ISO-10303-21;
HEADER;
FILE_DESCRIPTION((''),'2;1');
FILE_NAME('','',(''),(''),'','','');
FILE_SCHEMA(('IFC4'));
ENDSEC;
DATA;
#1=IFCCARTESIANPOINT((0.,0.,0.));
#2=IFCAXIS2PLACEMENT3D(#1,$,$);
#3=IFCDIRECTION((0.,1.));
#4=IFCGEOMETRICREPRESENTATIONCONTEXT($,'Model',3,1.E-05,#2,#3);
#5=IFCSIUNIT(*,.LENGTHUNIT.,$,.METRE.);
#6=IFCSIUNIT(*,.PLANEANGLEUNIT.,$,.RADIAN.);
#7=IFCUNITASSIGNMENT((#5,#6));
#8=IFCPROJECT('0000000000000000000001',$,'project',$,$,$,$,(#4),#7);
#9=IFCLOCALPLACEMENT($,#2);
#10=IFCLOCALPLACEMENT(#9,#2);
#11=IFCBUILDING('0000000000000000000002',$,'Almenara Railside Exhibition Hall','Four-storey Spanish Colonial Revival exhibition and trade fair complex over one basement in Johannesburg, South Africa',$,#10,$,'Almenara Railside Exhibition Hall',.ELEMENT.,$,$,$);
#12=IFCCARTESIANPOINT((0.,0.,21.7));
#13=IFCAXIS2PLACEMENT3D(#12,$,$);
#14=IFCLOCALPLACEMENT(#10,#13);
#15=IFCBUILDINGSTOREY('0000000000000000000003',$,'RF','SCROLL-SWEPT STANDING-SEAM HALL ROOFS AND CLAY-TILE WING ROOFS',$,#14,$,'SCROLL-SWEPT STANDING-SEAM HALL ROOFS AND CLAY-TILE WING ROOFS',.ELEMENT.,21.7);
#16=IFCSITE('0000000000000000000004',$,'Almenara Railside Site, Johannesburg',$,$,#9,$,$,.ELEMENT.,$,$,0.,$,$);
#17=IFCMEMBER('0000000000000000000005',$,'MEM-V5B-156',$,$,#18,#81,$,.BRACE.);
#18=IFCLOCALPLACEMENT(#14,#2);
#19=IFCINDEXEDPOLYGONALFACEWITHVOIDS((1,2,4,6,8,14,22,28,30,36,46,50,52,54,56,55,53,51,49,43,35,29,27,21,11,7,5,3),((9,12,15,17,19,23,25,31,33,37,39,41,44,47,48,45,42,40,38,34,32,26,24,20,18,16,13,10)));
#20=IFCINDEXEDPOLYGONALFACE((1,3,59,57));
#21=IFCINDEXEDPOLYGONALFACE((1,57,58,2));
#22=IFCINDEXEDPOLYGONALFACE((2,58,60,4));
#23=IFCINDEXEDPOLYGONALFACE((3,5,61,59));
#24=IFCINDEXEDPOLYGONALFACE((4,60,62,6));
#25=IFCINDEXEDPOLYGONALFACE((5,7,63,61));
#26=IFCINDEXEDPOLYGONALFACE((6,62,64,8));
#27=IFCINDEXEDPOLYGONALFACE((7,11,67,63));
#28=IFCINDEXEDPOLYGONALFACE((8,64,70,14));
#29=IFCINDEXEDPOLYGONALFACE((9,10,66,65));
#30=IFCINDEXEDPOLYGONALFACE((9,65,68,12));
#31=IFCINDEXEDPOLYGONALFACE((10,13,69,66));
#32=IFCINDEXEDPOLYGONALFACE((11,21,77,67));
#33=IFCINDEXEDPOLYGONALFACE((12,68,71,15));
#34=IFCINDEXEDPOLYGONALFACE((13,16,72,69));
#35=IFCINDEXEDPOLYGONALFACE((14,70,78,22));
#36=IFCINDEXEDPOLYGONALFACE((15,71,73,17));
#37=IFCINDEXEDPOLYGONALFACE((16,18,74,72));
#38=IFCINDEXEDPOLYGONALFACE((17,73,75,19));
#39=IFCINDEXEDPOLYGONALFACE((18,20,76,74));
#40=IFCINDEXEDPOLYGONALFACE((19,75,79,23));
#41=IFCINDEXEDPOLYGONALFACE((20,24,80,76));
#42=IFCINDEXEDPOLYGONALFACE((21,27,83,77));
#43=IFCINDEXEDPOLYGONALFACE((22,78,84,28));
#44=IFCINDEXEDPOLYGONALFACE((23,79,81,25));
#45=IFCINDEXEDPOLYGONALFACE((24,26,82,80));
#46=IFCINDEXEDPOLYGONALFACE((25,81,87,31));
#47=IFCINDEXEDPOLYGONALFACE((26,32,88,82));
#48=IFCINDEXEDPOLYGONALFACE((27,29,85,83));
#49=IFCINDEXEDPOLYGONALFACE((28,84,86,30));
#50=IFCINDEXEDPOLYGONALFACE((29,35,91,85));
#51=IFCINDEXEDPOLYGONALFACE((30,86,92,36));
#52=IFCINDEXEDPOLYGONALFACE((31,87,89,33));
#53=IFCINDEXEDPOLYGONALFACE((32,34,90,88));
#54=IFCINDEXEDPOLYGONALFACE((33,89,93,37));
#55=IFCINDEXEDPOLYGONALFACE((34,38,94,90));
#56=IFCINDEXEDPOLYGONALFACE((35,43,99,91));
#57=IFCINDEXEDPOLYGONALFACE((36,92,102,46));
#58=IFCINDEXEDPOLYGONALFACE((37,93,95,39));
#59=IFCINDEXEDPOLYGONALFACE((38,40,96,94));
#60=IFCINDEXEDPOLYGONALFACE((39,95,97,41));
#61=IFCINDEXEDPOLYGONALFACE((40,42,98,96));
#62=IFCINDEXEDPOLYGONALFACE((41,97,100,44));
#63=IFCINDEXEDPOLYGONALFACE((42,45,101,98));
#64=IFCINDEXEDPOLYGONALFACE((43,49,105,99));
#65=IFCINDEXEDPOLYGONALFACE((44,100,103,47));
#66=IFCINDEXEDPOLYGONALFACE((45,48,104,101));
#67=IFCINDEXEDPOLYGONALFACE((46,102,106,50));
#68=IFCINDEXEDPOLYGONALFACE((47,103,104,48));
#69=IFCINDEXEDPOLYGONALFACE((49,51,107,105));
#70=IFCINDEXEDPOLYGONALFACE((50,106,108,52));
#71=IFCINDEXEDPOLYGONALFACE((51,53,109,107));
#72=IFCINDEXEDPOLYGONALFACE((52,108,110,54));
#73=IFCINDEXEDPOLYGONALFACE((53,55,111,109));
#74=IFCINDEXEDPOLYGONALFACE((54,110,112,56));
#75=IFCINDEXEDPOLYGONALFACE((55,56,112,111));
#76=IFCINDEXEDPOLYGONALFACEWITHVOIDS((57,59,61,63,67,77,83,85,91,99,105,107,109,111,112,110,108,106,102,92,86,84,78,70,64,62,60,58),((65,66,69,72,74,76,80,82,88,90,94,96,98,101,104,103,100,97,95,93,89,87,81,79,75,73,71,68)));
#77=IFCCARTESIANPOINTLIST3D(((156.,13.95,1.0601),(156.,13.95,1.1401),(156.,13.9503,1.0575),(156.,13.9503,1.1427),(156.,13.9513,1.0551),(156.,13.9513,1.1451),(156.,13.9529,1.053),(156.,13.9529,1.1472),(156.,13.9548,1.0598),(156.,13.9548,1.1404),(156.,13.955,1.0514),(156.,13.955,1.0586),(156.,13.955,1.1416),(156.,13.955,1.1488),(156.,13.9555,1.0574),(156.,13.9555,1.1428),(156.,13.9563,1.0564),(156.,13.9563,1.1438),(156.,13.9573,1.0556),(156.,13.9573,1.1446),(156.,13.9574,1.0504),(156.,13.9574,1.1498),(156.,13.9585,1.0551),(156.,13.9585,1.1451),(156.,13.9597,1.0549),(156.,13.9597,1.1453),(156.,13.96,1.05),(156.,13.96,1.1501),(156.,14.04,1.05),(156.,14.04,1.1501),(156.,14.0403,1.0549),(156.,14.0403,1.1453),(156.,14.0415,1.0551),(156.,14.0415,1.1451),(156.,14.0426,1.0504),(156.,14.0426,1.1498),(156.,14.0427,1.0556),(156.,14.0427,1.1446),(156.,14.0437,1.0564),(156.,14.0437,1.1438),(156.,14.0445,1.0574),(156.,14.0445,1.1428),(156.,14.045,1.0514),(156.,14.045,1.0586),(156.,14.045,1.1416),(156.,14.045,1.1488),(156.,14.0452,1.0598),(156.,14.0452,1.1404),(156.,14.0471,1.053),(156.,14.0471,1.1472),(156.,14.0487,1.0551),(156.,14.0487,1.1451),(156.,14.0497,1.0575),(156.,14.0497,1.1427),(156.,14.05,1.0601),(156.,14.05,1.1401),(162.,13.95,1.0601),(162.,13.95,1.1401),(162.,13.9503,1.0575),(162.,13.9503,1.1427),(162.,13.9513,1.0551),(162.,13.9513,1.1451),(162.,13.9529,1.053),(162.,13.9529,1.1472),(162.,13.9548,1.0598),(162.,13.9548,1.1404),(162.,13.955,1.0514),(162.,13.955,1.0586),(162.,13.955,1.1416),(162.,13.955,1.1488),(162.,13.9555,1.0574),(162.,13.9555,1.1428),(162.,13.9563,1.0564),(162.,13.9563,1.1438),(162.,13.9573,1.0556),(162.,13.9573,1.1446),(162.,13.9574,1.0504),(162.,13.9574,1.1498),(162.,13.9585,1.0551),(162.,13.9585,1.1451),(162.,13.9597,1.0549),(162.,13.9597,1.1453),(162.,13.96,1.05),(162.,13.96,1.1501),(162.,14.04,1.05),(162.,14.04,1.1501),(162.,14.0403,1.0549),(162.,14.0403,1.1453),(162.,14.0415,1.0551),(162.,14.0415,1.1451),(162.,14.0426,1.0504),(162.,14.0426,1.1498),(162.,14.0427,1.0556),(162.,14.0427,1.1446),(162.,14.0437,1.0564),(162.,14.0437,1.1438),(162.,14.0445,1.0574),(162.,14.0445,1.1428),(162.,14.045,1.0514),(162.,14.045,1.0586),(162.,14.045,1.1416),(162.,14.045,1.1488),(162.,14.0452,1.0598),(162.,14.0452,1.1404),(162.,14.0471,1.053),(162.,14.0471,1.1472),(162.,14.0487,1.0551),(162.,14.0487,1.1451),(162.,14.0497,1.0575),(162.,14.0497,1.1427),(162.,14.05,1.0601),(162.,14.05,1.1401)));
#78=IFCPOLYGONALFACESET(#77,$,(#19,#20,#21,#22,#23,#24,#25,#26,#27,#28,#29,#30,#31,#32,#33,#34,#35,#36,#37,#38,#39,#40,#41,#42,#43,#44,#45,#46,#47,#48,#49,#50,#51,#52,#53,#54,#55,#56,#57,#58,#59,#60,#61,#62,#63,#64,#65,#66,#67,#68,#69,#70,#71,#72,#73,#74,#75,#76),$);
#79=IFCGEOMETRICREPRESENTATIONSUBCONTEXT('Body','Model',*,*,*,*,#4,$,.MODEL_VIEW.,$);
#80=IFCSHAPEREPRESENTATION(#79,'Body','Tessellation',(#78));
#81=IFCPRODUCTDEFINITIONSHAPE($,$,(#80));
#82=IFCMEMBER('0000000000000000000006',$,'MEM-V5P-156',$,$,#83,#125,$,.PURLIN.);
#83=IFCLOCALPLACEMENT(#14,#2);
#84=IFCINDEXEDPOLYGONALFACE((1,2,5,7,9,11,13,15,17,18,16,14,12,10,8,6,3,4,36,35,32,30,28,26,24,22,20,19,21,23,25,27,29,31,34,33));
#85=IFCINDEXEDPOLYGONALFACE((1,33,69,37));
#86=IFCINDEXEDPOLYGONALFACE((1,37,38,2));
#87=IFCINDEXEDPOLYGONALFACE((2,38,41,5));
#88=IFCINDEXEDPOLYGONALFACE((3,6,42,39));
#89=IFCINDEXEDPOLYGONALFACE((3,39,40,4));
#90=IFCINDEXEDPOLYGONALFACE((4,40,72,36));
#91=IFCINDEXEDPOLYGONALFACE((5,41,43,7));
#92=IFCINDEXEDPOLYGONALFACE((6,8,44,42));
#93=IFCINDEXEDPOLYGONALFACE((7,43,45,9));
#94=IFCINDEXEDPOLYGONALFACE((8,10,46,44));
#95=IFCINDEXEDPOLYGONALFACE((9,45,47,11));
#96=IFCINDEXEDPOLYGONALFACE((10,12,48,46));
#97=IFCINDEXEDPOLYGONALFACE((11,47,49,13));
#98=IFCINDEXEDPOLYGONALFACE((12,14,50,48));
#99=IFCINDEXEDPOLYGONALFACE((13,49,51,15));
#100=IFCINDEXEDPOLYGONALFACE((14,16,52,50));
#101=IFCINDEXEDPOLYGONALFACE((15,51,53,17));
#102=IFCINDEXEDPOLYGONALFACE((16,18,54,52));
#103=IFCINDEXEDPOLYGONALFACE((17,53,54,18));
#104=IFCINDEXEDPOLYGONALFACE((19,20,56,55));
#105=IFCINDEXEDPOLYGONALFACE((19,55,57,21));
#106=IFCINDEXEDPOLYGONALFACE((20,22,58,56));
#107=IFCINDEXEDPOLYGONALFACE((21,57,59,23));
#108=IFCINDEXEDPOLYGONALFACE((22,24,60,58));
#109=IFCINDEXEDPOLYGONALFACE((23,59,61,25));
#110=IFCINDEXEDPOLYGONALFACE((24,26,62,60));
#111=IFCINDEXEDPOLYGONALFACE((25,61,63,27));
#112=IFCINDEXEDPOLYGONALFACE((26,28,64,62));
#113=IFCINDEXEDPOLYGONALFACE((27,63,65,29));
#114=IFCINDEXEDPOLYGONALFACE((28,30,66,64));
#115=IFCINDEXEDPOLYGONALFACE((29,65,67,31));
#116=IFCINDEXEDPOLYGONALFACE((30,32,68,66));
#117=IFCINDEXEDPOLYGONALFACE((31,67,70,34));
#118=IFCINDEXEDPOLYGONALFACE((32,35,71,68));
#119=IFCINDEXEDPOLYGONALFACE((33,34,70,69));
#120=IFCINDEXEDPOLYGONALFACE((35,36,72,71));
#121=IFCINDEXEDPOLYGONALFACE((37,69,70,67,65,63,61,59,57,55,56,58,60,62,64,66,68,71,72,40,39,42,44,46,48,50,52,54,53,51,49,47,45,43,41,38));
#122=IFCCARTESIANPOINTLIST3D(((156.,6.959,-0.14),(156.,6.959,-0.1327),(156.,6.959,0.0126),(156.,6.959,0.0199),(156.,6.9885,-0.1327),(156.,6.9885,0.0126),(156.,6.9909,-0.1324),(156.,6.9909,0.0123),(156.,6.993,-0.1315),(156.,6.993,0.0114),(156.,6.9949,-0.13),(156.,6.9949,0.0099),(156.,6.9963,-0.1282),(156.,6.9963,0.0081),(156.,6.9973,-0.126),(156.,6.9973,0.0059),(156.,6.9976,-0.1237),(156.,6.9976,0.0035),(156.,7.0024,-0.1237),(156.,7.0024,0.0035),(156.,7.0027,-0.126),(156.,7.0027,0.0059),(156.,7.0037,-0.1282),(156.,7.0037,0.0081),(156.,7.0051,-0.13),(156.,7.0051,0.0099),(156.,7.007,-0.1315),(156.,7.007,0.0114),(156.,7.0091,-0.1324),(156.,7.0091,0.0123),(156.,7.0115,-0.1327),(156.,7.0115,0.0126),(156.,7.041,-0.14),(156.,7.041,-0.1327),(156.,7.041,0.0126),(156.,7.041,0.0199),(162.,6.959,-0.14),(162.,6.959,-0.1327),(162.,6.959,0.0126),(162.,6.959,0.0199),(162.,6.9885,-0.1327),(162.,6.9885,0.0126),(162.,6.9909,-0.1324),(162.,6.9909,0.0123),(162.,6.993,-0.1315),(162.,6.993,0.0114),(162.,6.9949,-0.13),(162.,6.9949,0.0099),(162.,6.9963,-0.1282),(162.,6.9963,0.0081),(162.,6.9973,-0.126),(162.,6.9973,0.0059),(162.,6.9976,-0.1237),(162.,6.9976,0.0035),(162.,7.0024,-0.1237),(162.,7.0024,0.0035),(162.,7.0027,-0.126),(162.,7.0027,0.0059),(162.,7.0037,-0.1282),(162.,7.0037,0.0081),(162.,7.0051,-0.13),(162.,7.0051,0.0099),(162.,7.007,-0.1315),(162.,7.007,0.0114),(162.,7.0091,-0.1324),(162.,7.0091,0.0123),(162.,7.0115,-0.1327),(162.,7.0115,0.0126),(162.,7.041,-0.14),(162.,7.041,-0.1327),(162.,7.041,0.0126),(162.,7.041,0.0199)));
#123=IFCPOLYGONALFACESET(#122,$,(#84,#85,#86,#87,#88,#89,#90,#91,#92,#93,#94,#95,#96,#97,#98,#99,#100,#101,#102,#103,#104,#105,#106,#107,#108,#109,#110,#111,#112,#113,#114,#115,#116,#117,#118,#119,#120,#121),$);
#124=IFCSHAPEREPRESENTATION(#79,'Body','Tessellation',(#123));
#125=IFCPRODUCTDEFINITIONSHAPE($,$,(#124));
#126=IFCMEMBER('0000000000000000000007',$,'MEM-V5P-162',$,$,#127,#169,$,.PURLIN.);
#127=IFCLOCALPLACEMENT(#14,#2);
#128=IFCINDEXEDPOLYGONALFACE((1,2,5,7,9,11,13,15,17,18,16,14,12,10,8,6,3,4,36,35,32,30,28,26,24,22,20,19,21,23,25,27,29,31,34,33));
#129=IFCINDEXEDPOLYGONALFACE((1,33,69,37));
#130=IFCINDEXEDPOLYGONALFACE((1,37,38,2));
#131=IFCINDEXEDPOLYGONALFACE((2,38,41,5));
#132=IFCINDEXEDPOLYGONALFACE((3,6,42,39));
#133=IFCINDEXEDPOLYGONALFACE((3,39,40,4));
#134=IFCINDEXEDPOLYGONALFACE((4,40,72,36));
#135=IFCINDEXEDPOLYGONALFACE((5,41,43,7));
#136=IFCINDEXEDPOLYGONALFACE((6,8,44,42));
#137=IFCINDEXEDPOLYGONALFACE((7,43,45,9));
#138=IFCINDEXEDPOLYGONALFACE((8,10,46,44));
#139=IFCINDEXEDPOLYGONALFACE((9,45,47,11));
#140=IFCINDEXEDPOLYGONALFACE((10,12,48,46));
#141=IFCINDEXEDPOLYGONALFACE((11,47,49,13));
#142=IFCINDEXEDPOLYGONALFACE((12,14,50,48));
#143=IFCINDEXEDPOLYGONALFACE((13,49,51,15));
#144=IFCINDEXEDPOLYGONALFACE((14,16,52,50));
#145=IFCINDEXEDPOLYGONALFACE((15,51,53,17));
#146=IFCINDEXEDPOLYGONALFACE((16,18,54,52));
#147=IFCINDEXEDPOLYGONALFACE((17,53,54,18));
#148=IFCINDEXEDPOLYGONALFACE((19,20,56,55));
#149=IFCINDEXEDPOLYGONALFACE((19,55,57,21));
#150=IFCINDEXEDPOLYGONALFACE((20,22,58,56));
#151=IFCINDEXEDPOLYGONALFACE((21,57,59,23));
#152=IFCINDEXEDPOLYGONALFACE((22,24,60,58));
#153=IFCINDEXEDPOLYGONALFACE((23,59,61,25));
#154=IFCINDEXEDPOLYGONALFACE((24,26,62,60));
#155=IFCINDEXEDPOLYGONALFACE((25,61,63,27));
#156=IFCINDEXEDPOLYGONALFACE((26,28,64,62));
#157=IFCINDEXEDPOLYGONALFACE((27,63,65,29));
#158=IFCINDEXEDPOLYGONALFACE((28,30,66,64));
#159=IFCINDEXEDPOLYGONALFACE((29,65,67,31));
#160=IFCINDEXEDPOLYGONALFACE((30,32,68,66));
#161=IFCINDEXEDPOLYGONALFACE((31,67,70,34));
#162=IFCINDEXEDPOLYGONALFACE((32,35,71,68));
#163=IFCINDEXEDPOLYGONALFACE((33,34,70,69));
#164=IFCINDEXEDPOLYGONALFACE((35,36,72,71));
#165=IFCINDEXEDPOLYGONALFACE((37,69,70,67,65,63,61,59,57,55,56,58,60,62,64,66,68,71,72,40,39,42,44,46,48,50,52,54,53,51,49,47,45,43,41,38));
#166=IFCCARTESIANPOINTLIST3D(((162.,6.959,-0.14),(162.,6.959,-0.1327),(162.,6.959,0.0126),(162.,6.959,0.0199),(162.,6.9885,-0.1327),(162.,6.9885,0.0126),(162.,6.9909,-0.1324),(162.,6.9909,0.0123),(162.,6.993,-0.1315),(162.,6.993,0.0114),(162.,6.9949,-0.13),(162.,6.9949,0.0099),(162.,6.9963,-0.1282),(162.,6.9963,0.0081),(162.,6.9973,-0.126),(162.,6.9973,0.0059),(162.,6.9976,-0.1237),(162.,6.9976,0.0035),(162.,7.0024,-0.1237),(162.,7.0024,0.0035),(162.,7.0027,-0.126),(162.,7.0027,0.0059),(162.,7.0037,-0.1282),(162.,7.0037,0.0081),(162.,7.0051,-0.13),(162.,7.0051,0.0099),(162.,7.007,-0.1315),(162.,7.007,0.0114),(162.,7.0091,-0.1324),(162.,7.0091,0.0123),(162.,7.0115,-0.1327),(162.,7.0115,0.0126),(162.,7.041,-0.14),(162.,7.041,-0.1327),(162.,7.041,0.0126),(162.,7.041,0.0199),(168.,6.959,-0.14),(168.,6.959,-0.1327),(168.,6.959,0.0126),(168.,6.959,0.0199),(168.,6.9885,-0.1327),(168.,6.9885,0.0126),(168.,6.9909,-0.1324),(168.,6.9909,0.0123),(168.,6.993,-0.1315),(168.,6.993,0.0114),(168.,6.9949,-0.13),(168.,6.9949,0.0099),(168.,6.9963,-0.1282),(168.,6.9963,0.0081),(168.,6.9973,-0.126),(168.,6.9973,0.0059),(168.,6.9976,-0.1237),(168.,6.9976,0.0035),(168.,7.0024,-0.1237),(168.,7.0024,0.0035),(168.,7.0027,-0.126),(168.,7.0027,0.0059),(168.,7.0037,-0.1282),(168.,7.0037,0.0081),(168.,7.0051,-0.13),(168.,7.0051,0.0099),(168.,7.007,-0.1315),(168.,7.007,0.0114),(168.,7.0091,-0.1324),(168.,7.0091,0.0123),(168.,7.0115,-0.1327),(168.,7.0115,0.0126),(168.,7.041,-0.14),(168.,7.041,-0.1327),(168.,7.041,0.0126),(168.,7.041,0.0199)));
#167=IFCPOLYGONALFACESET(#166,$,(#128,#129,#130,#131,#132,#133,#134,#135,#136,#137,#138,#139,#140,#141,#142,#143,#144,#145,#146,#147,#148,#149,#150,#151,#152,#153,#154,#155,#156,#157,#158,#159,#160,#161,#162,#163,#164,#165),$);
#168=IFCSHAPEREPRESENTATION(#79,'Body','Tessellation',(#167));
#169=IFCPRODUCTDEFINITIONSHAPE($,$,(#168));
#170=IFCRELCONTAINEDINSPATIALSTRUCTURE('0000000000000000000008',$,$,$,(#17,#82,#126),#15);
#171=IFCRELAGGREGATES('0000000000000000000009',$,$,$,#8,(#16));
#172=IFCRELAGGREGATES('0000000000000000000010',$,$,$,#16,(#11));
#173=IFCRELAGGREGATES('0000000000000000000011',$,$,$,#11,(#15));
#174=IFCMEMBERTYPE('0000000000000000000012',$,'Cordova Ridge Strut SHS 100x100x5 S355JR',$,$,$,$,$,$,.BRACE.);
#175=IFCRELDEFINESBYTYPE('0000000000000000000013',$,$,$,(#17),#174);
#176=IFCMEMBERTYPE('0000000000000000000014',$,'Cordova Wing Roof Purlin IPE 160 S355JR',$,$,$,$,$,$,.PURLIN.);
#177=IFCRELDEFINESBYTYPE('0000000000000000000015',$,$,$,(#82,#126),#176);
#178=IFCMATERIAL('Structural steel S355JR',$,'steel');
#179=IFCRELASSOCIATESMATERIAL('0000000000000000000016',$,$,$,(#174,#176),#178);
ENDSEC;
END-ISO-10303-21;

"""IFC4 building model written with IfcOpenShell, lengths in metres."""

from ifc_helpers import new_model, si_unit, direction, frame, origin, origin_2d, place, context, subcontext, project, spatial, hollow_rectangle, i_section, extrude, material, material_profile, profile_set, type_object, element, save


model = new_model("IFC4")

# Units and contexts
model_context = context("Model", 3, precision=1e-05, world=origin(), true_north=direction((0.0, 1.0)))
body_context = subcontext(model_context, "Body", "Model", "MODEL_VIEW")
ifc_project = project(units=[si_unit("LENGTHUNIT", "METRE"), si_unit("PLANEANGLEUNIT", "RADIAN")], contexts=[model_context])

# Site, building, storey
site_placement = place(None, origin())
site = spatial("IfcSite", under=ifc_project, at=site_placement, Name="Almenara Railside Site, Johannesburg", CompositionType="ELEMENT", RefElevation=0.0)
building_placement = place(site_placement, origin())
building = spatial("IfcBuilding", under=site, at=building_placement, Name="Almenara Railside Exhibition Hall", Description="Four-storey Spanish Colonial Revival exhibition and trade fair complex over one basement in Johannesburg, South Africa", LongName="Almenara Railside Exhibition Hall", CompositionType="ELEMENT")
storey_placement = place(building_placement, frame((0.0, 0.0, 21.7)))
storey = spatial("IfcBuildingStorey", under=building, at=storey_placement, Name="RF", Description="SCROLL-SWEPT STANDING-SEAM HALL ROOFS AND CLAY-TILE WING ROOFS", LongName="SCROLL-SWEPT STANDING-SEAM HALL ROOFS AND CLAY-TILE WING ROOFS", CompositionType="ELEMENT", Elevation=21.7)

# Members
ifc_material_1 = material(Name="Structural steel S355JR", Category="steel")
ifc_material_profile_1 = material_profile(ifc_material_1, hollow_rectangle(XDim=0.1001, YDim=0.1001, WallThickness=0.0049, InnerFilletRadius=0.0049, OuterFilletRadius=0.01, at=origin_2d()), Name="SHS 100x100x5")
ifc_profile_set_1 = profile_set([ifc_material_profile_1], Name="Structural steel S355JR")
member_type_1 = type_object("IfcMemberType", Name="Cordova Ridge Strut SHS 100x100x5 S355JR", PredefinedType="BRACE", material=ifc_profile_set_1)
member_1_placement = place(storey_placement, frame((156.0, 14.0, 1.1001), z_axis=(1.0, 0.0, 0.0), x_axis=(0.0, 1.0, 0.0)))
element("IfcMember", 1, at=member_1_placement, inside=storey, type_object=member_type_1, Name="MEM-V5B-156", PredefinedType="BRACE", context=body_context, shape_type="SweptSolid", body=[
    extrude(hollow_rectangle(XDim=0.1001, YDim=0.1001, WallThickness=0.0049, InnerFilletRadius=0.0049, OuterFilletRadius=0.01, at=origin_2d()), origin(), (0.0, 0.0, 1.0), 6.0),
])
ifc_material_profile_2 = material_profile(ifc_material_1, i_section(OverallWidth=0.082, OverallDepth=0.1599, WebThickness=0.0049, FlangeThickness=0.0073, FilletRadius=0.009, at=origin_2d()), Name="IPE 160")
ifc_profile_set_2 = profile_set([ifc_material_profile_2], Name="Structural steel S355JR")
member_type_2 = type_object("IfcMemberType", Name="Cordova Wing Roof Purlin IPE 160 S355JR", PredefinedType="PURLIN", material=ifc_profile_set_2)
for number, where, z_axis, x_axis, name in (
    (2, (156.0, 7.0, -0.0601), (1.0, 0.0, 0.0), (0.0, 1.0, 0.0), "MEM-V5P-156"),
    (3, (162.0, 7.0, -0.0601), (1.0, 0.0, 0.0), (0.0, 1.0, 0.0), "MEM-V5P-162"),
):
    element("IfcMember", number, at=place(storey_placement, frame(where, z_axis=z_axis, x_axis=x_axis)), inside=storey, type_object=member_type_2, Name=name, PredefinedType="PURLIN", context=body_context, shape_type="SweptSolid", body=[
        extrude(i_section(OverallWidth=0.082, OverallDepth=0.1599, WebThickness=0.0049, FlangeThickness=0.0073, FilletRadius=0.009, at=origin_2d()), origin(), (0.0, 0.0, 1.0), 6.0),
    ])

save(model, "model.ifc")
